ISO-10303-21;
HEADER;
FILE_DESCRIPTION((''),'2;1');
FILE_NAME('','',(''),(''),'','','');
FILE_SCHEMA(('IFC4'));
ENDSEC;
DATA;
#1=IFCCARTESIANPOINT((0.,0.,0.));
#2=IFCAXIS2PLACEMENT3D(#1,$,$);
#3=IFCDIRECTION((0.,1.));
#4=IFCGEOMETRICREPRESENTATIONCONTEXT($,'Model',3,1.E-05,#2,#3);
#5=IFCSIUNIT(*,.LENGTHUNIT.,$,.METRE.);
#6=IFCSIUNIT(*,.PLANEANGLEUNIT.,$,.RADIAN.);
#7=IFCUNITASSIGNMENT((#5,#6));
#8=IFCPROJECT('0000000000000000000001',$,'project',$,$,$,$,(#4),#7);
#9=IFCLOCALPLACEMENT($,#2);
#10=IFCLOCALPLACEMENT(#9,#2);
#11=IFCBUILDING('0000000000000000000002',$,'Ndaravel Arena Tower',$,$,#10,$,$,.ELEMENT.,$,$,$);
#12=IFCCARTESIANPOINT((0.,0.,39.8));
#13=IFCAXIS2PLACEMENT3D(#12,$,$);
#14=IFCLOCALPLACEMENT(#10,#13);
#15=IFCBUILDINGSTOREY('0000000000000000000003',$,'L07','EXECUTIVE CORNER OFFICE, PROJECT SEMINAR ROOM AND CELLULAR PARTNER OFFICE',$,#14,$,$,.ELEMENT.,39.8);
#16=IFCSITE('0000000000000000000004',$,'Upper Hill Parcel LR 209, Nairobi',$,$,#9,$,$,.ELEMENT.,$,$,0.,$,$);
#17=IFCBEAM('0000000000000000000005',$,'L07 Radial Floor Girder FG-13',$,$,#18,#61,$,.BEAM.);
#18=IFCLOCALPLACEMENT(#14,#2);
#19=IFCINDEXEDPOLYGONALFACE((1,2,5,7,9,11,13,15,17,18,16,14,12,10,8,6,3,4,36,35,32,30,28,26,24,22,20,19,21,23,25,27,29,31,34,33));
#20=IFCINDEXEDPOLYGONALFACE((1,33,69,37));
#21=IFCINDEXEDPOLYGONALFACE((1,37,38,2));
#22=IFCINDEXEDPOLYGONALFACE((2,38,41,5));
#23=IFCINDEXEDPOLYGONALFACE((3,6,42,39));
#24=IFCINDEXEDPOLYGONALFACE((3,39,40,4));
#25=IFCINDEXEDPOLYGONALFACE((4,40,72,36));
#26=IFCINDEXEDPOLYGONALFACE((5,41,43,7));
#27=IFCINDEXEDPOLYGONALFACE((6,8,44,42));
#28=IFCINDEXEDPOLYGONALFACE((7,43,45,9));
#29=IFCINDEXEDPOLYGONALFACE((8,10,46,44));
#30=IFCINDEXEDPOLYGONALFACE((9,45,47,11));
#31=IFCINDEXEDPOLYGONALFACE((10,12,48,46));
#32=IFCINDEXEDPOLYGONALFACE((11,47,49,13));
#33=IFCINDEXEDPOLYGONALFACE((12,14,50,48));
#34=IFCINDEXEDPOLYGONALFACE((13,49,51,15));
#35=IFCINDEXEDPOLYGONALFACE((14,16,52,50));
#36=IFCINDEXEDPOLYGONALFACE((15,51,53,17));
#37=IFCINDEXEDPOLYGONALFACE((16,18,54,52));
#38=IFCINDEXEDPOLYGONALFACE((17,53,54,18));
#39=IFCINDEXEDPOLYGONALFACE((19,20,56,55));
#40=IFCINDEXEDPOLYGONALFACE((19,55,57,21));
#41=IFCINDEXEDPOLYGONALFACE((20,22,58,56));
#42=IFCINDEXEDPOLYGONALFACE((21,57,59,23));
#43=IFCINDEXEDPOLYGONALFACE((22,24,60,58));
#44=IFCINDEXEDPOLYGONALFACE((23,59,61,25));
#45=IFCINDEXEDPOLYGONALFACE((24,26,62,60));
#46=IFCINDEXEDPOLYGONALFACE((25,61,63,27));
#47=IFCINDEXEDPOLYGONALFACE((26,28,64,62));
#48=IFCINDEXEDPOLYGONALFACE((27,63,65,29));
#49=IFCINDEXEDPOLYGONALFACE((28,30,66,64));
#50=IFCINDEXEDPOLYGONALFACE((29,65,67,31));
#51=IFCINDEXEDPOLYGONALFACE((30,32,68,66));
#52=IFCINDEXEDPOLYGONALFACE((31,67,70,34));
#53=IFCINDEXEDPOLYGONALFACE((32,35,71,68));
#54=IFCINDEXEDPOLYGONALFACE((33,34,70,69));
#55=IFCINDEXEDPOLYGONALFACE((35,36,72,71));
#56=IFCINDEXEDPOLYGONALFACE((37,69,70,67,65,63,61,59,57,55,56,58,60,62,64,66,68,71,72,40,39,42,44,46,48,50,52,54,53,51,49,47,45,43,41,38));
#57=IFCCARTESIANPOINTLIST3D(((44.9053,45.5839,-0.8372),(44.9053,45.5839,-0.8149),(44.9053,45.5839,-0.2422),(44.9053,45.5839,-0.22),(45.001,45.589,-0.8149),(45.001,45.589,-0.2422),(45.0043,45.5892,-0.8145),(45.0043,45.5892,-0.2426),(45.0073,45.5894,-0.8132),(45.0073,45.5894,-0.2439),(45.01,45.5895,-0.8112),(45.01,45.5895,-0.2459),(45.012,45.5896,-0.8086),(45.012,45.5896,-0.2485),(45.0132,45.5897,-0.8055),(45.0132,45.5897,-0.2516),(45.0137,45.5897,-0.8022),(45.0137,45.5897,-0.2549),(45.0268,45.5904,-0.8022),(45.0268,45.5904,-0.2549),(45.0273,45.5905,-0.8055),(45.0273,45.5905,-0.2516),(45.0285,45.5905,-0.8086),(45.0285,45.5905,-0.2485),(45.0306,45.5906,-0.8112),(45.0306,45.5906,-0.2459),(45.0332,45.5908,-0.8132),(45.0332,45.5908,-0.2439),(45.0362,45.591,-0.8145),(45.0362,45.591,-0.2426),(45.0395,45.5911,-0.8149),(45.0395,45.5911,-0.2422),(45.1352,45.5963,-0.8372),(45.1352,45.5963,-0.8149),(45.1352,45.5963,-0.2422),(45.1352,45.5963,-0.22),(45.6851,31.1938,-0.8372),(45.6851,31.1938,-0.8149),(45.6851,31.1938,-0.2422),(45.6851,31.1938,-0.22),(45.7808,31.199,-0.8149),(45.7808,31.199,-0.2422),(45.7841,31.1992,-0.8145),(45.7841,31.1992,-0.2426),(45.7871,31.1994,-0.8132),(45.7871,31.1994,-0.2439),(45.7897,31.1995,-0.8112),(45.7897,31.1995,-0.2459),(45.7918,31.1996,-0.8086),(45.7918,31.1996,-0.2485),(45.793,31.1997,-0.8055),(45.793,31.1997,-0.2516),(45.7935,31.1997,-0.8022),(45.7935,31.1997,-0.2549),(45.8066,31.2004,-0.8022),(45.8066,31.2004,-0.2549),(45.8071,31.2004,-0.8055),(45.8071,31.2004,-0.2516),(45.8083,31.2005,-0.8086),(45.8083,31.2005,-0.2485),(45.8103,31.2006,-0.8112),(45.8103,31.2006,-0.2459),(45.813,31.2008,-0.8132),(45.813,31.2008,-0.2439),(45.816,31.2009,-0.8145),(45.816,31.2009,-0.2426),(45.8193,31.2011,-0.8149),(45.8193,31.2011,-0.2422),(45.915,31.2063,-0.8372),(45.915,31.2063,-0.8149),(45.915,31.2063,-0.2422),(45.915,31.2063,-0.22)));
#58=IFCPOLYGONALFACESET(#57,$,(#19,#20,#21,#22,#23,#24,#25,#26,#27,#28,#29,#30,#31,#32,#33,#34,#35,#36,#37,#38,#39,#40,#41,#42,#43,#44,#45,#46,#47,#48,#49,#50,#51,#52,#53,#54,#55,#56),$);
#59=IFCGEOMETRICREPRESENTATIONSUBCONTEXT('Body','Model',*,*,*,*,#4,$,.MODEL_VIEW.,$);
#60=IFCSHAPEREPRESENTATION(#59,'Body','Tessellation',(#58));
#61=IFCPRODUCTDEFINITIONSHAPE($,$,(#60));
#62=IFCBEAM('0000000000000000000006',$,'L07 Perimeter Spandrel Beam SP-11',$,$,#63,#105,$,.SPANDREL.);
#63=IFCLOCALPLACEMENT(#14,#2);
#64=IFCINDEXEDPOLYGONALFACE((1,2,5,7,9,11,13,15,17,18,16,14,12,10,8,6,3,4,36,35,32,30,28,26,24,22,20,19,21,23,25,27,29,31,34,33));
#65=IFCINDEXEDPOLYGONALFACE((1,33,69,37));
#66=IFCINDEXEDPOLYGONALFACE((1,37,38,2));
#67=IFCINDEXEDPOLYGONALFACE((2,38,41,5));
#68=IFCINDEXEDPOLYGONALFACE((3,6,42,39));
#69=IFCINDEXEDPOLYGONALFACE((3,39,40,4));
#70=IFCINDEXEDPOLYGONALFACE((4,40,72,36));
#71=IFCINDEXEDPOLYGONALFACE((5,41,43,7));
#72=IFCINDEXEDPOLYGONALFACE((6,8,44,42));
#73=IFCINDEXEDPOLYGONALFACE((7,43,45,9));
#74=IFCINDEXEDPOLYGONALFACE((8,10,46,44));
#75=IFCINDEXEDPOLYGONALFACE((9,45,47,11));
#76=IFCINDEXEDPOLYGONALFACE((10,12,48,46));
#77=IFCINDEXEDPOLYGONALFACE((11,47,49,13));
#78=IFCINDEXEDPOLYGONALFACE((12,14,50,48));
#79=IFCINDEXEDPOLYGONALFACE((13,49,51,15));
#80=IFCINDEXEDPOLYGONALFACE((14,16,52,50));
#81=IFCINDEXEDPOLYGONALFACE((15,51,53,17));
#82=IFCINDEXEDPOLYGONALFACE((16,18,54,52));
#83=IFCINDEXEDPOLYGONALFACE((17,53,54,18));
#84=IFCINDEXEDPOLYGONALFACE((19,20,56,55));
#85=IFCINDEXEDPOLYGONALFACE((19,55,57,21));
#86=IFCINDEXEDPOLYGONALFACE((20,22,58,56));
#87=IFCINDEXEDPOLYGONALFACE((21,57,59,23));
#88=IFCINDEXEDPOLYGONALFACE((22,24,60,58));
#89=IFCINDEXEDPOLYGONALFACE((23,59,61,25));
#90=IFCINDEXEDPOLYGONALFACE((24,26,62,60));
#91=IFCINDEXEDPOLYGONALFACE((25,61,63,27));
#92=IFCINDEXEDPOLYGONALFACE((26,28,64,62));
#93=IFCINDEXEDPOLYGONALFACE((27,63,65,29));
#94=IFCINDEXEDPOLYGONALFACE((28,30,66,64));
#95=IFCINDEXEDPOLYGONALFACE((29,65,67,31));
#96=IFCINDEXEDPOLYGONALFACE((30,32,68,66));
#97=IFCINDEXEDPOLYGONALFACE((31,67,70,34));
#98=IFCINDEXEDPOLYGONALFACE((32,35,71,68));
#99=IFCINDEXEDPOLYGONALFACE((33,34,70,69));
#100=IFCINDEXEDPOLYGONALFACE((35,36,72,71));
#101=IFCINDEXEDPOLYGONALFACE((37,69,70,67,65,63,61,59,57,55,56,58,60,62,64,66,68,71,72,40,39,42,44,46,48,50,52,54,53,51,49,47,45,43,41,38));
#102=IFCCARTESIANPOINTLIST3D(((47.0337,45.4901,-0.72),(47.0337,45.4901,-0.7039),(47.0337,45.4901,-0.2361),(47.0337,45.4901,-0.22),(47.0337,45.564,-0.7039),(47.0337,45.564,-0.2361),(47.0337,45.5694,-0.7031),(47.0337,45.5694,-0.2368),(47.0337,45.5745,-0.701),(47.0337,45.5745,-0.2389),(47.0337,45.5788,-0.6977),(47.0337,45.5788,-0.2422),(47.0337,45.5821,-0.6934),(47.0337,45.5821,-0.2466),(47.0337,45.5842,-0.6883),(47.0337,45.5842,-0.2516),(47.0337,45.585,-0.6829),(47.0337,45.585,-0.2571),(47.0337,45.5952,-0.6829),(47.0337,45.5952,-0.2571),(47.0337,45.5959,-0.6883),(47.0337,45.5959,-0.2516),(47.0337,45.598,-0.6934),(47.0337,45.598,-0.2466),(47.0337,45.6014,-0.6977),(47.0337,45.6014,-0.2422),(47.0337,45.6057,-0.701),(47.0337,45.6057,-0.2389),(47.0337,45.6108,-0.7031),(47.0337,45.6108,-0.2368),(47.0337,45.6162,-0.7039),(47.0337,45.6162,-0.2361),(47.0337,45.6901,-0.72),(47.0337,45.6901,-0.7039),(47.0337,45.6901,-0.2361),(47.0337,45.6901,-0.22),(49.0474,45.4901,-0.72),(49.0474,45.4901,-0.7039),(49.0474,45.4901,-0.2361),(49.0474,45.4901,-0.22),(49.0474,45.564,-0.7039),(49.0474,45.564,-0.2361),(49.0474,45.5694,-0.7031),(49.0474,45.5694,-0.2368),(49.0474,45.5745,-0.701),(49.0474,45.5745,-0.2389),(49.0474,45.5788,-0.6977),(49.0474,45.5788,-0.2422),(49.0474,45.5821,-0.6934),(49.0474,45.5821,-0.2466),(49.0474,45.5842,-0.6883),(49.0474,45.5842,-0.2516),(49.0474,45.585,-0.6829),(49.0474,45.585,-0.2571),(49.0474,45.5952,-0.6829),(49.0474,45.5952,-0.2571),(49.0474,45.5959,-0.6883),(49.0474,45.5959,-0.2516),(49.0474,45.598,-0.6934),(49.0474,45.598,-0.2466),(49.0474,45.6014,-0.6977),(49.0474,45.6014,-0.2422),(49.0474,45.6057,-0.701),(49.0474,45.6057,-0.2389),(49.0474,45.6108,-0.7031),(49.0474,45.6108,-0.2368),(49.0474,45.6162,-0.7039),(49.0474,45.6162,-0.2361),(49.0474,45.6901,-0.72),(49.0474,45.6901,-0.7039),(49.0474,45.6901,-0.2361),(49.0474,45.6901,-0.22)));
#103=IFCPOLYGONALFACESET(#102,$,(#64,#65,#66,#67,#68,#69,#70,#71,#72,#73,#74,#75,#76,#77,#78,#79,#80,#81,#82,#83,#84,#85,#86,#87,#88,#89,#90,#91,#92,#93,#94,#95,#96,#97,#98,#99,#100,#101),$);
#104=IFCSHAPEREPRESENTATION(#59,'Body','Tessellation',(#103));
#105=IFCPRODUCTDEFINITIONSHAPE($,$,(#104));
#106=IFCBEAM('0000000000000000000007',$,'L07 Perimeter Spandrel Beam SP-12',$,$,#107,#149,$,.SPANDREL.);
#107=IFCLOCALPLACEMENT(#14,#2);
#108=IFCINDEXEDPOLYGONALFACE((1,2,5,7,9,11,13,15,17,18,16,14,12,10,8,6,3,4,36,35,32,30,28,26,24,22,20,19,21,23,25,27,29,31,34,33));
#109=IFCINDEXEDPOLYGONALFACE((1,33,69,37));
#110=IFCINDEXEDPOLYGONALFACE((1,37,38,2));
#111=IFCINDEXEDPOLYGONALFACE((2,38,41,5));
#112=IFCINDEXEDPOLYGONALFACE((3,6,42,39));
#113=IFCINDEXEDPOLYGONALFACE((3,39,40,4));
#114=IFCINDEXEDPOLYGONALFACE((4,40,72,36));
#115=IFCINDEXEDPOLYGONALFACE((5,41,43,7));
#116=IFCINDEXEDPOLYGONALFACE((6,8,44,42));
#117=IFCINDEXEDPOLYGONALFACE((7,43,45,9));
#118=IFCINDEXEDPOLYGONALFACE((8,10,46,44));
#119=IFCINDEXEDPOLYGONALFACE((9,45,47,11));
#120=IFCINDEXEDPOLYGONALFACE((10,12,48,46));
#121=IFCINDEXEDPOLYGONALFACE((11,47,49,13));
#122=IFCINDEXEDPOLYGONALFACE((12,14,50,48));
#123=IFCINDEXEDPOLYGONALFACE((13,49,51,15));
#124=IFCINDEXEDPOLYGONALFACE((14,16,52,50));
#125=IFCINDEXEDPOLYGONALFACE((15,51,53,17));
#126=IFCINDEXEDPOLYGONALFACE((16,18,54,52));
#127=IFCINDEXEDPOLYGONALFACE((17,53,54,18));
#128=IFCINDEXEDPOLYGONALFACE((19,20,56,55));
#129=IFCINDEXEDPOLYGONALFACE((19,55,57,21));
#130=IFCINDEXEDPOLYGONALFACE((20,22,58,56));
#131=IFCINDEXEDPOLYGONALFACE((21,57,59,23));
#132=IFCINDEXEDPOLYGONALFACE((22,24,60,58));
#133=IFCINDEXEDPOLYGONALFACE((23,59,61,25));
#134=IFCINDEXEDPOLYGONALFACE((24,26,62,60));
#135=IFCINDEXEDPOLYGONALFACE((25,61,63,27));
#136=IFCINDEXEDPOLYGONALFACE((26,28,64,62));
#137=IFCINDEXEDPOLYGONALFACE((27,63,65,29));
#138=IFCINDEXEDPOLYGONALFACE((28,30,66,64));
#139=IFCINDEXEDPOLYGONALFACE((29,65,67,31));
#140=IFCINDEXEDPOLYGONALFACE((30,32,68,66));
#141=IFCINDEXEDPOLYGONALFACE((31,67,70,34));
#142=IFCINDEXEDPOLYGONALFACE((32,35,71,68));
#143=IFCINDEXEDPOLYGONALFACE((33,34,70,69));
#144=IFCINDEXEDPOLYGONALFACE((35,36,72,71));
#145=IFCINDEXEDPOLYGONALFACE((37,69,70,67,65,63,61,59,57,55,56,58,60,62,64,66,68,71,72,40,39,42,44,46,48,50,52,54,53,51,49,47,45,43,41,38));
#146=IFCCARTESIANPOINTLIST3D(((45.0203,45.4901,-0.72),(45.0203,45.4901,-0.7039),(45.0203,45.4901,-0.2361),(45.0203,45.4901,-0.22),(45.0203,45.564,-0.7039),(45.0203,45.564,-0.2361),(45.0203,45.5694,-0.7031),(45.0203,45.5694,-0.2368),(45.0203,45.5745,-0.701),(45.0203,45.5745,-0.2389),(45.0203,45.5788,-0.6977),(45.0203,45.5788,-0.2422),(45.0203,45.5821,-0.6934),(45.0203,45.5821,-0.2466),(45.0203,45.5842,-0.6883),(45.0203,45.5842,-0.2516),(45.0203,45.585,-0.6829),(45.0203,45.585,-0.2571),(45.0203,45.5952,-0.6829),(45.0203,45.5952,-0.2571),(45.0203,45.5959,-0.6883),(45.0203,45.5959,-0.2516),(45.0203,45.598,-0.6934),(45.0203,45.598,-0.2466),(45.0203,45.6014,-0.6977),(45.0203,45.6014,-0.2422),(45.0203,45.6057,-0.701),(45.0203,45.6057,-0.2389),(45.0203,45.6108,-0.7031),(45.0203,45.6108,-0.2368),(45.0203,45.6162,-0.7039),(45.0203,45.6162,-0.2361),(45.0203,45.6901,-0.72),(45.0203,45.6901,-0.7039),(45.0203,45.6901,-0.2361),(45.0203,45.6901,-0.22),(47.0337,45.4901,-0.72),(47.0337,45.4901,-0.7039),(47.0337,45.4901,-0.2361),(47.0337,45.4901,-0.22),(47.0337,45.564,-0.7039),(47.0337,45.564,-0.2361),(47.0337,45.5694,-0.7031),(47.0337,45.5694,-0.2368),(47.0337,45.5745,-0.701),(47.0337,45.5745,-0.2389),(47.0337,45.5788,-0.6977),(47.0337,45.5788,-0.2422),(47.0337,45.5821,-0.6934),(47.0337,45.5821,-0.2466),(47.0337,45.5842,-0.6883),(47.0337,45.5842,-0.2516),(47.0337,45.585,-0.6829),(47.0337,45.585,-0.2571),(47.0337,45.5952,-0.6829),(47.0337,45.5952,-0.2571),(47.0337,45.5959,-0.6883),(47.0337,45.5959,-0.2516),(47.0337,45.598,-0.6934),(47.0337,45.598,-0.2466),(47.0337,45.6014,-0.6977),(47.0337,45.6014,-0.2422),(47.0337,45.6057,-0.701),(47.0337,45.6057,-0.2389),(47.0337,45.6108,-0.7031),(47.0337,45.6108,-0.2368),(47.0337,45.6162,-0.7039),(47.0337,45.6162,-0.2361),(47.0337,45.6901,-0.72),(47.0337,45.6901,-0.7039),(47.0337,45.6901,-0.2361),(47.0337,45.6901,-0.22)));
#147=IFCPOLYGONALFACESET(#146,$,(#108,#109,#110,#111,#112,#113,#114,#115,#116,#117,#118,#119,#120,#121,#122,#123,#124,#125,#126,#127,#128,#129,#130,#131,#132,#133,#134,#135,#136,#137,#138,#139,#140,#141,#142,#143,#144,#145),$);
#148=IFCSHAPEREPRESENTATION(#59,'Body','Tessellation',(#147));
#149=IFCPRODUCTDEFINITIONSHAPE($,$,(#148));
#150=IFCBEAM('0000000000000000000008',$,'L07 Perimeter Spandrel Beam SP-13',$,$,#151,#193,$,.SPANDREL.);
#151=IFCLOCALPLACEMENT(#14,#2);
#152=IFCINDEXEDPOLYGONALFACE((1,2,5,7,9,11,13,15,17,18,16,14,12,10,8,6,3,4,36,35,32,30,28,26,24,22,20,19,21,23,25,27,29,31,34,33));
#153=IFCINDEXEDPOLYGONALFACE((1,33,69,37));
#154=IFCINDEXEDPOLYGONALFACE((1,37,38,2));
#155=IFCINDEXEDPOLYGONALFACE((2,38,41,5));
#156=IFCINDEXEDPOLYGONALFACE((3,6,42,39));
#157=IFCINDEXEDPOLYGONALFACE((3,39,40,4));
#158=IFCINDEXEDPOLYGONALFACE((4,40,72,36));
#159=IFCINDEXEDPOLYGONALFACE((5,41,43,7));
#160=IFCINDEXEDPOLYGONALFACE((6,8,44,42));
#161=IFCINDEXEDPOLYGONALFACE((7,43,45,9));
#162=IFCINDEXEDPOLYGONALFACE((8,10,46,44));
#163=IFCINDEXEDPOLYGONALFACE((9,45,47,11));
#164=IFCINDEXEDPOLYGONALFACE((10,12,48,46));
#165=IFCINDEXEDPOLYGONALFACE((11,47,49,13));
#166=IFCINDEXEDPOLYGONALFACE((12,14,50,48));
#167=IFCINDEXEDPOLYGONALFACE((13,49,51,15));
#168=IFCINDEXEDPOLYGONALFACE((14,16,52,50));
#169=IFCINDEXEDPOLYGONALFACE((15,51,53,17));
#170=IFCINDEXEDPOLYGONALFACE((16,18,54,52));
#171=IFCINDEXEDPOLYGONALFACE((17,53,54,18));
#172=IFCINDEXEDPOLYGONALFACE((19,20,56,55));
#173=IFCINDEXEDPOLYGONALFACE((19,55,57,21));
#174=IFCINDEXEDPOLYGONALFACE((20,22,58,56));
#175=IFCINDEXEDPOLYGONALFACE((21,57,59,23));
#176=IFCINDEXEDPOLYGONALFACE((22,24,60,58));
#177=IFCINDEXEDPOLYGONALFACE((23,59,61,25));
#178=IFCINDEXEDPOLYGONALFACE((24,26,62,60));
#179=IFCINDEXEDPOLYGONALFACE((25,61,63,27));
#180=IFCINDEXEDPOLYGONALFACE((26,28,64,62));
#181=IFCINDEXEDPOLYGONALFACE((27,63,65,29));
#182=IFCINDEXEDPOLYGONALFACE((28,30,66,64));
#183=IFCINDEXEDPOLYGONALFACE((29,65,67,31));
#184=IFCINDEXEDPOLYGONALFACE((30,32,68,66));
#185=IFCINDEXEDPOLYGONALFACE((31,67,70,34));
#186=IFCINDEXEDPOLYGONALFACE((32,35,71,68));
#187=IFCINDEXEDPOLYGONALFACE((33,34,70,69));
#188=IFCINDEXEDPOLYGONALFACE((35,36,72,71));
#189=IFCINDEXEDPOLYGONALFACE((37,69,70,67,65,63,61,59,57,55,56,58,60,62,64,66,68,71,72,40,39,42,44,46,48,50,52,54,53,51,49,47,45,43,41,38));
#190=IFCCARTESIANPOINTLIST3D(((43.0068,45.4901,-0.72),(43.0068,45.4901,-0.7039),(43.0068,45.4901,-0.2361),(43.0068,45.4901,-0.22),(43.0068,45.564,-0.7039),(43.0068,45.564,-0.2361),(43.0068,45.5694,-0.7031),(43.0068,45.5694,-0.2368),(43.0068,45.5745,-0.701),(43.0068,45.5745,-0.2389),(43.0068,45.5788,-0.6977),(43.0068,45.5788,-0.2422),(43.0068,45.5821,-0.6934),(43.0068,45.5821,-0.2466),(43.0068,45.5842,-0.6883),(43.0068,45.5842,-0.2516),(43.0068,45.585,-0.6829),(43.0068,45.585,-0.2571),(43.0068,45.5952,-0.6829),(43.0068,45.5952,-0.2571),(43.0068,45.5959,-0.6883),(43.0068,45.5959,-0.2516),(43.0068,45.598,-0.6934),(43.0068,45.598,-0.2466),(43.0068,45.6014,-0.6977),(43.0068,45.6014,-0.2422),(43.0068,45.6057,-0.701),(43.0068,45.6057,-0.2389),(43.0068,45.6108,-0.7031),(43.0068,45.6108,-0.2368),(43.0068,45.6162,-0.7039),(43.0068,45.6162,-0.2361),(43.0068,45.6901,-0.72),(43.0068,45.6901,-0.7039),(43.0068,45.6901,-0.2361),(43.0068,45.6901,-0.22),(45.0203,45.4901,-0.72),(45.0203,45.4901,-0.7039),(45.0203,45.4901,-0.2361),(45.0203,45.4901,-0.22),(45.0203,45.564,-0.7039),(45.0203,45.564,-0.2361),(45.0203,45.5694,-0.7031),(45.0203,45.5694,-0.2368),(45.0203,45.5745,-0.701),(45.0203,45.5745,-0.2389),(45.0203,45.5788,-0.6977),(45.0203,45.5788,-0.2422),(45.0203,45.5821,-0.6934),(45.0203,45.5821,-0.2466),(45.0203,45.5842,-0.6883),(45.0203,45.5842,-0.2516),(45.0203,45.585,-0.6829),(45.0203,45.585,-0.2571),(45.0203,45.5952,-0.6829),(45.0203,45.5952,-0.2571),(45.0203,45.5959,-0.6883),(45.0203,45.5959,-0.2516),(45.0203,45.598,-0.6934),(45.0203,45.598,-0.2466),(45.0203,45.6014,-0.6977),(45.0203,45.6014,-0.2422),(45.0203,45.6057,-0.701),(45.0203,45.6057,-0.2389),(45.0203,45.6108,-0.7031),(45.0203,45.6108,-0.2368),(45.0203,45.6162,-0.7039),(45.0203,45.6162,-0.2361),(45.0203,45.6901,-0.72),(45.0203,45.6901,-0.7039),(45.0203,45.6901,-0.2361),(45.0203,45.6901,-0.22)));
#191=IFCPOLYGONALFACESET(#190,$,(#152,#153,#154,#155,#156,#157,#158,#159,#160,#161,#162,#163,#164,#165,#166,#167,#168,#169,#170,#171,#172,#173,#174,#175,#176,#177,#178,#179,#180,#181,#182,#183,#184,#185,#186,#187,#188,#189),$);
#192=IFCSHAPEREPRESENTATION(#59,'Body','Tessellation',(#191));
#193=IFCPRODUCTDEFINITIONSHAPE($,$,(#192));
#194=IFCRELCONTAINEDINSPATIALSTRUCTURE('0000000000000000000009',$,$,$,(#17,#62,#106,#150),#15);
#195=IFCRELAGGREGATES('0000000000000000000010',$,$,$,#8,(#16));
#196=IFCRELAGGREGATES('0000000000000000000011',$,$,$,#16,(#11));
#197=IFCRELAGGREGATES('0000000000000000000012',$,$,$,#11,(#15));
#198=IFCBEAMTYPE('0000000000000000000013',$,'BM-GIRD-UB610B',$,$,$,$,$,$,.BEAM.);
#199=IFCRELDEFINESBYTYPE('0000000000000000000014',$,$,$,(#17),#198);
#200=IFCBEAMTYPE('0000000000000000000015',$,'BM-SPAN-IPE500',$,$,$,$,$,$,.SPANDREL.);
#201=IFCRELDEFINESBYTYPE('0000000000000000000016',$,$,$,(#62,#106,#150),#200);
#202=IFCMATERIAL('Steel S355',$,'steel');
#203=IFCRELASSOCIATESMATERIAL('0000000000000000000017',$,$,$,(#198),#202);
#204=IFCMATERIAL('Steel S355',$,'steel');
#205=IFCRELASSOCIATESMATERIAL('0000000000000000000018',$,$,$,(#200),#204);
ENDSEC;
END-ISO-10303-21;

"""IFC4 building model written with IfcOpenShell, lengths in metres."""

from ifc_helpers import new_model, si_unit, direction, frame, origin, origin_2d, place, context, subcontext, project, spatial, i_section, extrude, material, material_profile, profile_set, type_object, element, save


model = new_model("IFC4")

# Units and contexts
model_context = context("Model", 3, precision=1e-05, world=origin(), true_north=direction((0.0, 1.0)))
body_context = subcontext(model_context, "Body", "Model", "MODEL_VIEW")
ifc_project = project(units=[si_unit("LENGTHUNIT", "METRE"), si_unit("PLANEANGLEUNIT", "RADIAN")], contexts=[model_context])

# Site, building, storey
site_placement = place(None, origin())
site = spatial("IfcSite", under=ifc_project, at=site_placement, Name="Upper Hill Parcel LR 209, Nairobi", CompositionType="ELEMENT", RefElevation=0.0)
building_placement = place(site_placement, origin())
building = spatial("IfcBuilding", under=site, at=building_placement, Name="Ndaravel Arena Tower", CompositionType="ELEMENT")
storey_placement = place(building_placement, frame((0.0, 0.0, 39.8)))
storey = spatial("IfcBuildingStorey", under=building, at=storey_placement, Name="L07", Description="EXECUTIVE CORNER OFFICE, PROJECT SEMINAR ROOM AND CELLULAR PARTNER OFFICE", CompositionType="ELEMENT", Elevation=39.8)

# Beams
ifc_material_1 = material(Name="Steel S355", Category="steel")
ifc_material_profile_1 = material_profile(ifc_material_1, i_section(OverallWidth=0.2302, OverallDepth=0.6172, WebThickness=0.0132, FlangeThickness=0.0222, FilletRadius=0.0127, at=origin_2d()), Name="UB 610x229x140")
ifc_profile_set_1 = profile_set([ifc_material_profile_1], Name="Steel S355")
beam_type_1 = type_object("IfcBeamType", Name="BM-GIRD-UB610B", PredefinedType="BEAM", material=ifc_profile_set_1)
beam_1_placement = place(storey_placement, frame((45.0203, 45.5901, -0.5286), z_axis=(0.054109, -0.998535, 0.0), x_axis=(0.998535, 0.054109, 0.0)))
element("IfcBeam", 1, at=beam_1_placement, inside=storey, type_object=beam_type_1, Name="L07 Radial Floor Girder FG-13", PredefinedType="BEAM", context=body_context, shape_type="SweptSolid", body=[
    extrude(i_section(OverallWidth=0.2302, OverallDepth=0.6172, WebThickness=0.0132, FlangeThickness=0.0222, FilletRadius=0.0127, at=origin_2d()), origin(), (0.0, 0.0, 1.0), 14.4111),
])
ifc_material_2 = material(Name="Steel S355", Category="steel")
ifc_material_profile_2 = material_profile(ifc_material_2, i_section(OverallWidth=0.2, OverallDepth=0.5, WebThickness=0.0103, FlangeThickness=0.0161, FilletRadius=0.021, at=origin_2d()), Name="IPE 500")
ifc_profile_set_2 = profile_set([ifc_material_profile_2], Name="Steel S355")
beam_type_2 = type_object("IfcBeamType", Name="BM-SPAN-IPE500", PredefinedType="SPANDREL", material=ifc_profile_set_2)
beam_2_placement = place(storey_placement, frame((49.0474, 45.5901, -0.47), z_axis=(-1.0, 0.0, 0.0), x_axis=(0.0, -1.0, 0.0)))
element("IfcBeam", 2, at=beam_2_placement, inside=storey, type_object=beam_type_2, Name="L07 Perimeter Spandrel Beam SP-11", PredefinedType="SPANDREL", context=body_context, shape_type="SweptSolid", body=[
    extrude(i_section(OverallWidth=0.2, OverallDepth=0.5, WebThickness=0.0103, FlangeThickness=0.0161, FilletRadius=0.021, at=origin_2d()), origin(), (0.0, 0.0, 1.0), 2.0137),
])
for number, where, z_axis, x_axis, name in (
    (3, (47.0337, 45.5901, -0.47), (-1.0, 0.0, 0.0), (0.0, -1.0, 0.0), "L07 Perimeter Spandrel Beam SP-12"),
    (4, (45.0203, 45.5901, -0.47), (-1.0, 0.0, 0.0), (0.0, -1.0, 0.0), "L07 Perimeter Spandrel Beam SP-13"),
):
    element("IfcBeam", number, at=place(storey_placement, frame(where, z_axis=z_axis, x_axis=x_axis)), inside=storey, type_object=beam_type_2, Name=name, PredefinedType="SPANDREL", context=body_context, shape_type="SweptSolid", body=[
        extrude(i_section(OverallWidth=0.2, OverallDepth=0.5, WebThickness=0.0103, FlangeThickness=0.0161, FilletRadius=0.021, at=origin_2d()), origin(), (0.0, 0.0, 1.0), 2.0134),
    ])

save(model, "model.ifc")
